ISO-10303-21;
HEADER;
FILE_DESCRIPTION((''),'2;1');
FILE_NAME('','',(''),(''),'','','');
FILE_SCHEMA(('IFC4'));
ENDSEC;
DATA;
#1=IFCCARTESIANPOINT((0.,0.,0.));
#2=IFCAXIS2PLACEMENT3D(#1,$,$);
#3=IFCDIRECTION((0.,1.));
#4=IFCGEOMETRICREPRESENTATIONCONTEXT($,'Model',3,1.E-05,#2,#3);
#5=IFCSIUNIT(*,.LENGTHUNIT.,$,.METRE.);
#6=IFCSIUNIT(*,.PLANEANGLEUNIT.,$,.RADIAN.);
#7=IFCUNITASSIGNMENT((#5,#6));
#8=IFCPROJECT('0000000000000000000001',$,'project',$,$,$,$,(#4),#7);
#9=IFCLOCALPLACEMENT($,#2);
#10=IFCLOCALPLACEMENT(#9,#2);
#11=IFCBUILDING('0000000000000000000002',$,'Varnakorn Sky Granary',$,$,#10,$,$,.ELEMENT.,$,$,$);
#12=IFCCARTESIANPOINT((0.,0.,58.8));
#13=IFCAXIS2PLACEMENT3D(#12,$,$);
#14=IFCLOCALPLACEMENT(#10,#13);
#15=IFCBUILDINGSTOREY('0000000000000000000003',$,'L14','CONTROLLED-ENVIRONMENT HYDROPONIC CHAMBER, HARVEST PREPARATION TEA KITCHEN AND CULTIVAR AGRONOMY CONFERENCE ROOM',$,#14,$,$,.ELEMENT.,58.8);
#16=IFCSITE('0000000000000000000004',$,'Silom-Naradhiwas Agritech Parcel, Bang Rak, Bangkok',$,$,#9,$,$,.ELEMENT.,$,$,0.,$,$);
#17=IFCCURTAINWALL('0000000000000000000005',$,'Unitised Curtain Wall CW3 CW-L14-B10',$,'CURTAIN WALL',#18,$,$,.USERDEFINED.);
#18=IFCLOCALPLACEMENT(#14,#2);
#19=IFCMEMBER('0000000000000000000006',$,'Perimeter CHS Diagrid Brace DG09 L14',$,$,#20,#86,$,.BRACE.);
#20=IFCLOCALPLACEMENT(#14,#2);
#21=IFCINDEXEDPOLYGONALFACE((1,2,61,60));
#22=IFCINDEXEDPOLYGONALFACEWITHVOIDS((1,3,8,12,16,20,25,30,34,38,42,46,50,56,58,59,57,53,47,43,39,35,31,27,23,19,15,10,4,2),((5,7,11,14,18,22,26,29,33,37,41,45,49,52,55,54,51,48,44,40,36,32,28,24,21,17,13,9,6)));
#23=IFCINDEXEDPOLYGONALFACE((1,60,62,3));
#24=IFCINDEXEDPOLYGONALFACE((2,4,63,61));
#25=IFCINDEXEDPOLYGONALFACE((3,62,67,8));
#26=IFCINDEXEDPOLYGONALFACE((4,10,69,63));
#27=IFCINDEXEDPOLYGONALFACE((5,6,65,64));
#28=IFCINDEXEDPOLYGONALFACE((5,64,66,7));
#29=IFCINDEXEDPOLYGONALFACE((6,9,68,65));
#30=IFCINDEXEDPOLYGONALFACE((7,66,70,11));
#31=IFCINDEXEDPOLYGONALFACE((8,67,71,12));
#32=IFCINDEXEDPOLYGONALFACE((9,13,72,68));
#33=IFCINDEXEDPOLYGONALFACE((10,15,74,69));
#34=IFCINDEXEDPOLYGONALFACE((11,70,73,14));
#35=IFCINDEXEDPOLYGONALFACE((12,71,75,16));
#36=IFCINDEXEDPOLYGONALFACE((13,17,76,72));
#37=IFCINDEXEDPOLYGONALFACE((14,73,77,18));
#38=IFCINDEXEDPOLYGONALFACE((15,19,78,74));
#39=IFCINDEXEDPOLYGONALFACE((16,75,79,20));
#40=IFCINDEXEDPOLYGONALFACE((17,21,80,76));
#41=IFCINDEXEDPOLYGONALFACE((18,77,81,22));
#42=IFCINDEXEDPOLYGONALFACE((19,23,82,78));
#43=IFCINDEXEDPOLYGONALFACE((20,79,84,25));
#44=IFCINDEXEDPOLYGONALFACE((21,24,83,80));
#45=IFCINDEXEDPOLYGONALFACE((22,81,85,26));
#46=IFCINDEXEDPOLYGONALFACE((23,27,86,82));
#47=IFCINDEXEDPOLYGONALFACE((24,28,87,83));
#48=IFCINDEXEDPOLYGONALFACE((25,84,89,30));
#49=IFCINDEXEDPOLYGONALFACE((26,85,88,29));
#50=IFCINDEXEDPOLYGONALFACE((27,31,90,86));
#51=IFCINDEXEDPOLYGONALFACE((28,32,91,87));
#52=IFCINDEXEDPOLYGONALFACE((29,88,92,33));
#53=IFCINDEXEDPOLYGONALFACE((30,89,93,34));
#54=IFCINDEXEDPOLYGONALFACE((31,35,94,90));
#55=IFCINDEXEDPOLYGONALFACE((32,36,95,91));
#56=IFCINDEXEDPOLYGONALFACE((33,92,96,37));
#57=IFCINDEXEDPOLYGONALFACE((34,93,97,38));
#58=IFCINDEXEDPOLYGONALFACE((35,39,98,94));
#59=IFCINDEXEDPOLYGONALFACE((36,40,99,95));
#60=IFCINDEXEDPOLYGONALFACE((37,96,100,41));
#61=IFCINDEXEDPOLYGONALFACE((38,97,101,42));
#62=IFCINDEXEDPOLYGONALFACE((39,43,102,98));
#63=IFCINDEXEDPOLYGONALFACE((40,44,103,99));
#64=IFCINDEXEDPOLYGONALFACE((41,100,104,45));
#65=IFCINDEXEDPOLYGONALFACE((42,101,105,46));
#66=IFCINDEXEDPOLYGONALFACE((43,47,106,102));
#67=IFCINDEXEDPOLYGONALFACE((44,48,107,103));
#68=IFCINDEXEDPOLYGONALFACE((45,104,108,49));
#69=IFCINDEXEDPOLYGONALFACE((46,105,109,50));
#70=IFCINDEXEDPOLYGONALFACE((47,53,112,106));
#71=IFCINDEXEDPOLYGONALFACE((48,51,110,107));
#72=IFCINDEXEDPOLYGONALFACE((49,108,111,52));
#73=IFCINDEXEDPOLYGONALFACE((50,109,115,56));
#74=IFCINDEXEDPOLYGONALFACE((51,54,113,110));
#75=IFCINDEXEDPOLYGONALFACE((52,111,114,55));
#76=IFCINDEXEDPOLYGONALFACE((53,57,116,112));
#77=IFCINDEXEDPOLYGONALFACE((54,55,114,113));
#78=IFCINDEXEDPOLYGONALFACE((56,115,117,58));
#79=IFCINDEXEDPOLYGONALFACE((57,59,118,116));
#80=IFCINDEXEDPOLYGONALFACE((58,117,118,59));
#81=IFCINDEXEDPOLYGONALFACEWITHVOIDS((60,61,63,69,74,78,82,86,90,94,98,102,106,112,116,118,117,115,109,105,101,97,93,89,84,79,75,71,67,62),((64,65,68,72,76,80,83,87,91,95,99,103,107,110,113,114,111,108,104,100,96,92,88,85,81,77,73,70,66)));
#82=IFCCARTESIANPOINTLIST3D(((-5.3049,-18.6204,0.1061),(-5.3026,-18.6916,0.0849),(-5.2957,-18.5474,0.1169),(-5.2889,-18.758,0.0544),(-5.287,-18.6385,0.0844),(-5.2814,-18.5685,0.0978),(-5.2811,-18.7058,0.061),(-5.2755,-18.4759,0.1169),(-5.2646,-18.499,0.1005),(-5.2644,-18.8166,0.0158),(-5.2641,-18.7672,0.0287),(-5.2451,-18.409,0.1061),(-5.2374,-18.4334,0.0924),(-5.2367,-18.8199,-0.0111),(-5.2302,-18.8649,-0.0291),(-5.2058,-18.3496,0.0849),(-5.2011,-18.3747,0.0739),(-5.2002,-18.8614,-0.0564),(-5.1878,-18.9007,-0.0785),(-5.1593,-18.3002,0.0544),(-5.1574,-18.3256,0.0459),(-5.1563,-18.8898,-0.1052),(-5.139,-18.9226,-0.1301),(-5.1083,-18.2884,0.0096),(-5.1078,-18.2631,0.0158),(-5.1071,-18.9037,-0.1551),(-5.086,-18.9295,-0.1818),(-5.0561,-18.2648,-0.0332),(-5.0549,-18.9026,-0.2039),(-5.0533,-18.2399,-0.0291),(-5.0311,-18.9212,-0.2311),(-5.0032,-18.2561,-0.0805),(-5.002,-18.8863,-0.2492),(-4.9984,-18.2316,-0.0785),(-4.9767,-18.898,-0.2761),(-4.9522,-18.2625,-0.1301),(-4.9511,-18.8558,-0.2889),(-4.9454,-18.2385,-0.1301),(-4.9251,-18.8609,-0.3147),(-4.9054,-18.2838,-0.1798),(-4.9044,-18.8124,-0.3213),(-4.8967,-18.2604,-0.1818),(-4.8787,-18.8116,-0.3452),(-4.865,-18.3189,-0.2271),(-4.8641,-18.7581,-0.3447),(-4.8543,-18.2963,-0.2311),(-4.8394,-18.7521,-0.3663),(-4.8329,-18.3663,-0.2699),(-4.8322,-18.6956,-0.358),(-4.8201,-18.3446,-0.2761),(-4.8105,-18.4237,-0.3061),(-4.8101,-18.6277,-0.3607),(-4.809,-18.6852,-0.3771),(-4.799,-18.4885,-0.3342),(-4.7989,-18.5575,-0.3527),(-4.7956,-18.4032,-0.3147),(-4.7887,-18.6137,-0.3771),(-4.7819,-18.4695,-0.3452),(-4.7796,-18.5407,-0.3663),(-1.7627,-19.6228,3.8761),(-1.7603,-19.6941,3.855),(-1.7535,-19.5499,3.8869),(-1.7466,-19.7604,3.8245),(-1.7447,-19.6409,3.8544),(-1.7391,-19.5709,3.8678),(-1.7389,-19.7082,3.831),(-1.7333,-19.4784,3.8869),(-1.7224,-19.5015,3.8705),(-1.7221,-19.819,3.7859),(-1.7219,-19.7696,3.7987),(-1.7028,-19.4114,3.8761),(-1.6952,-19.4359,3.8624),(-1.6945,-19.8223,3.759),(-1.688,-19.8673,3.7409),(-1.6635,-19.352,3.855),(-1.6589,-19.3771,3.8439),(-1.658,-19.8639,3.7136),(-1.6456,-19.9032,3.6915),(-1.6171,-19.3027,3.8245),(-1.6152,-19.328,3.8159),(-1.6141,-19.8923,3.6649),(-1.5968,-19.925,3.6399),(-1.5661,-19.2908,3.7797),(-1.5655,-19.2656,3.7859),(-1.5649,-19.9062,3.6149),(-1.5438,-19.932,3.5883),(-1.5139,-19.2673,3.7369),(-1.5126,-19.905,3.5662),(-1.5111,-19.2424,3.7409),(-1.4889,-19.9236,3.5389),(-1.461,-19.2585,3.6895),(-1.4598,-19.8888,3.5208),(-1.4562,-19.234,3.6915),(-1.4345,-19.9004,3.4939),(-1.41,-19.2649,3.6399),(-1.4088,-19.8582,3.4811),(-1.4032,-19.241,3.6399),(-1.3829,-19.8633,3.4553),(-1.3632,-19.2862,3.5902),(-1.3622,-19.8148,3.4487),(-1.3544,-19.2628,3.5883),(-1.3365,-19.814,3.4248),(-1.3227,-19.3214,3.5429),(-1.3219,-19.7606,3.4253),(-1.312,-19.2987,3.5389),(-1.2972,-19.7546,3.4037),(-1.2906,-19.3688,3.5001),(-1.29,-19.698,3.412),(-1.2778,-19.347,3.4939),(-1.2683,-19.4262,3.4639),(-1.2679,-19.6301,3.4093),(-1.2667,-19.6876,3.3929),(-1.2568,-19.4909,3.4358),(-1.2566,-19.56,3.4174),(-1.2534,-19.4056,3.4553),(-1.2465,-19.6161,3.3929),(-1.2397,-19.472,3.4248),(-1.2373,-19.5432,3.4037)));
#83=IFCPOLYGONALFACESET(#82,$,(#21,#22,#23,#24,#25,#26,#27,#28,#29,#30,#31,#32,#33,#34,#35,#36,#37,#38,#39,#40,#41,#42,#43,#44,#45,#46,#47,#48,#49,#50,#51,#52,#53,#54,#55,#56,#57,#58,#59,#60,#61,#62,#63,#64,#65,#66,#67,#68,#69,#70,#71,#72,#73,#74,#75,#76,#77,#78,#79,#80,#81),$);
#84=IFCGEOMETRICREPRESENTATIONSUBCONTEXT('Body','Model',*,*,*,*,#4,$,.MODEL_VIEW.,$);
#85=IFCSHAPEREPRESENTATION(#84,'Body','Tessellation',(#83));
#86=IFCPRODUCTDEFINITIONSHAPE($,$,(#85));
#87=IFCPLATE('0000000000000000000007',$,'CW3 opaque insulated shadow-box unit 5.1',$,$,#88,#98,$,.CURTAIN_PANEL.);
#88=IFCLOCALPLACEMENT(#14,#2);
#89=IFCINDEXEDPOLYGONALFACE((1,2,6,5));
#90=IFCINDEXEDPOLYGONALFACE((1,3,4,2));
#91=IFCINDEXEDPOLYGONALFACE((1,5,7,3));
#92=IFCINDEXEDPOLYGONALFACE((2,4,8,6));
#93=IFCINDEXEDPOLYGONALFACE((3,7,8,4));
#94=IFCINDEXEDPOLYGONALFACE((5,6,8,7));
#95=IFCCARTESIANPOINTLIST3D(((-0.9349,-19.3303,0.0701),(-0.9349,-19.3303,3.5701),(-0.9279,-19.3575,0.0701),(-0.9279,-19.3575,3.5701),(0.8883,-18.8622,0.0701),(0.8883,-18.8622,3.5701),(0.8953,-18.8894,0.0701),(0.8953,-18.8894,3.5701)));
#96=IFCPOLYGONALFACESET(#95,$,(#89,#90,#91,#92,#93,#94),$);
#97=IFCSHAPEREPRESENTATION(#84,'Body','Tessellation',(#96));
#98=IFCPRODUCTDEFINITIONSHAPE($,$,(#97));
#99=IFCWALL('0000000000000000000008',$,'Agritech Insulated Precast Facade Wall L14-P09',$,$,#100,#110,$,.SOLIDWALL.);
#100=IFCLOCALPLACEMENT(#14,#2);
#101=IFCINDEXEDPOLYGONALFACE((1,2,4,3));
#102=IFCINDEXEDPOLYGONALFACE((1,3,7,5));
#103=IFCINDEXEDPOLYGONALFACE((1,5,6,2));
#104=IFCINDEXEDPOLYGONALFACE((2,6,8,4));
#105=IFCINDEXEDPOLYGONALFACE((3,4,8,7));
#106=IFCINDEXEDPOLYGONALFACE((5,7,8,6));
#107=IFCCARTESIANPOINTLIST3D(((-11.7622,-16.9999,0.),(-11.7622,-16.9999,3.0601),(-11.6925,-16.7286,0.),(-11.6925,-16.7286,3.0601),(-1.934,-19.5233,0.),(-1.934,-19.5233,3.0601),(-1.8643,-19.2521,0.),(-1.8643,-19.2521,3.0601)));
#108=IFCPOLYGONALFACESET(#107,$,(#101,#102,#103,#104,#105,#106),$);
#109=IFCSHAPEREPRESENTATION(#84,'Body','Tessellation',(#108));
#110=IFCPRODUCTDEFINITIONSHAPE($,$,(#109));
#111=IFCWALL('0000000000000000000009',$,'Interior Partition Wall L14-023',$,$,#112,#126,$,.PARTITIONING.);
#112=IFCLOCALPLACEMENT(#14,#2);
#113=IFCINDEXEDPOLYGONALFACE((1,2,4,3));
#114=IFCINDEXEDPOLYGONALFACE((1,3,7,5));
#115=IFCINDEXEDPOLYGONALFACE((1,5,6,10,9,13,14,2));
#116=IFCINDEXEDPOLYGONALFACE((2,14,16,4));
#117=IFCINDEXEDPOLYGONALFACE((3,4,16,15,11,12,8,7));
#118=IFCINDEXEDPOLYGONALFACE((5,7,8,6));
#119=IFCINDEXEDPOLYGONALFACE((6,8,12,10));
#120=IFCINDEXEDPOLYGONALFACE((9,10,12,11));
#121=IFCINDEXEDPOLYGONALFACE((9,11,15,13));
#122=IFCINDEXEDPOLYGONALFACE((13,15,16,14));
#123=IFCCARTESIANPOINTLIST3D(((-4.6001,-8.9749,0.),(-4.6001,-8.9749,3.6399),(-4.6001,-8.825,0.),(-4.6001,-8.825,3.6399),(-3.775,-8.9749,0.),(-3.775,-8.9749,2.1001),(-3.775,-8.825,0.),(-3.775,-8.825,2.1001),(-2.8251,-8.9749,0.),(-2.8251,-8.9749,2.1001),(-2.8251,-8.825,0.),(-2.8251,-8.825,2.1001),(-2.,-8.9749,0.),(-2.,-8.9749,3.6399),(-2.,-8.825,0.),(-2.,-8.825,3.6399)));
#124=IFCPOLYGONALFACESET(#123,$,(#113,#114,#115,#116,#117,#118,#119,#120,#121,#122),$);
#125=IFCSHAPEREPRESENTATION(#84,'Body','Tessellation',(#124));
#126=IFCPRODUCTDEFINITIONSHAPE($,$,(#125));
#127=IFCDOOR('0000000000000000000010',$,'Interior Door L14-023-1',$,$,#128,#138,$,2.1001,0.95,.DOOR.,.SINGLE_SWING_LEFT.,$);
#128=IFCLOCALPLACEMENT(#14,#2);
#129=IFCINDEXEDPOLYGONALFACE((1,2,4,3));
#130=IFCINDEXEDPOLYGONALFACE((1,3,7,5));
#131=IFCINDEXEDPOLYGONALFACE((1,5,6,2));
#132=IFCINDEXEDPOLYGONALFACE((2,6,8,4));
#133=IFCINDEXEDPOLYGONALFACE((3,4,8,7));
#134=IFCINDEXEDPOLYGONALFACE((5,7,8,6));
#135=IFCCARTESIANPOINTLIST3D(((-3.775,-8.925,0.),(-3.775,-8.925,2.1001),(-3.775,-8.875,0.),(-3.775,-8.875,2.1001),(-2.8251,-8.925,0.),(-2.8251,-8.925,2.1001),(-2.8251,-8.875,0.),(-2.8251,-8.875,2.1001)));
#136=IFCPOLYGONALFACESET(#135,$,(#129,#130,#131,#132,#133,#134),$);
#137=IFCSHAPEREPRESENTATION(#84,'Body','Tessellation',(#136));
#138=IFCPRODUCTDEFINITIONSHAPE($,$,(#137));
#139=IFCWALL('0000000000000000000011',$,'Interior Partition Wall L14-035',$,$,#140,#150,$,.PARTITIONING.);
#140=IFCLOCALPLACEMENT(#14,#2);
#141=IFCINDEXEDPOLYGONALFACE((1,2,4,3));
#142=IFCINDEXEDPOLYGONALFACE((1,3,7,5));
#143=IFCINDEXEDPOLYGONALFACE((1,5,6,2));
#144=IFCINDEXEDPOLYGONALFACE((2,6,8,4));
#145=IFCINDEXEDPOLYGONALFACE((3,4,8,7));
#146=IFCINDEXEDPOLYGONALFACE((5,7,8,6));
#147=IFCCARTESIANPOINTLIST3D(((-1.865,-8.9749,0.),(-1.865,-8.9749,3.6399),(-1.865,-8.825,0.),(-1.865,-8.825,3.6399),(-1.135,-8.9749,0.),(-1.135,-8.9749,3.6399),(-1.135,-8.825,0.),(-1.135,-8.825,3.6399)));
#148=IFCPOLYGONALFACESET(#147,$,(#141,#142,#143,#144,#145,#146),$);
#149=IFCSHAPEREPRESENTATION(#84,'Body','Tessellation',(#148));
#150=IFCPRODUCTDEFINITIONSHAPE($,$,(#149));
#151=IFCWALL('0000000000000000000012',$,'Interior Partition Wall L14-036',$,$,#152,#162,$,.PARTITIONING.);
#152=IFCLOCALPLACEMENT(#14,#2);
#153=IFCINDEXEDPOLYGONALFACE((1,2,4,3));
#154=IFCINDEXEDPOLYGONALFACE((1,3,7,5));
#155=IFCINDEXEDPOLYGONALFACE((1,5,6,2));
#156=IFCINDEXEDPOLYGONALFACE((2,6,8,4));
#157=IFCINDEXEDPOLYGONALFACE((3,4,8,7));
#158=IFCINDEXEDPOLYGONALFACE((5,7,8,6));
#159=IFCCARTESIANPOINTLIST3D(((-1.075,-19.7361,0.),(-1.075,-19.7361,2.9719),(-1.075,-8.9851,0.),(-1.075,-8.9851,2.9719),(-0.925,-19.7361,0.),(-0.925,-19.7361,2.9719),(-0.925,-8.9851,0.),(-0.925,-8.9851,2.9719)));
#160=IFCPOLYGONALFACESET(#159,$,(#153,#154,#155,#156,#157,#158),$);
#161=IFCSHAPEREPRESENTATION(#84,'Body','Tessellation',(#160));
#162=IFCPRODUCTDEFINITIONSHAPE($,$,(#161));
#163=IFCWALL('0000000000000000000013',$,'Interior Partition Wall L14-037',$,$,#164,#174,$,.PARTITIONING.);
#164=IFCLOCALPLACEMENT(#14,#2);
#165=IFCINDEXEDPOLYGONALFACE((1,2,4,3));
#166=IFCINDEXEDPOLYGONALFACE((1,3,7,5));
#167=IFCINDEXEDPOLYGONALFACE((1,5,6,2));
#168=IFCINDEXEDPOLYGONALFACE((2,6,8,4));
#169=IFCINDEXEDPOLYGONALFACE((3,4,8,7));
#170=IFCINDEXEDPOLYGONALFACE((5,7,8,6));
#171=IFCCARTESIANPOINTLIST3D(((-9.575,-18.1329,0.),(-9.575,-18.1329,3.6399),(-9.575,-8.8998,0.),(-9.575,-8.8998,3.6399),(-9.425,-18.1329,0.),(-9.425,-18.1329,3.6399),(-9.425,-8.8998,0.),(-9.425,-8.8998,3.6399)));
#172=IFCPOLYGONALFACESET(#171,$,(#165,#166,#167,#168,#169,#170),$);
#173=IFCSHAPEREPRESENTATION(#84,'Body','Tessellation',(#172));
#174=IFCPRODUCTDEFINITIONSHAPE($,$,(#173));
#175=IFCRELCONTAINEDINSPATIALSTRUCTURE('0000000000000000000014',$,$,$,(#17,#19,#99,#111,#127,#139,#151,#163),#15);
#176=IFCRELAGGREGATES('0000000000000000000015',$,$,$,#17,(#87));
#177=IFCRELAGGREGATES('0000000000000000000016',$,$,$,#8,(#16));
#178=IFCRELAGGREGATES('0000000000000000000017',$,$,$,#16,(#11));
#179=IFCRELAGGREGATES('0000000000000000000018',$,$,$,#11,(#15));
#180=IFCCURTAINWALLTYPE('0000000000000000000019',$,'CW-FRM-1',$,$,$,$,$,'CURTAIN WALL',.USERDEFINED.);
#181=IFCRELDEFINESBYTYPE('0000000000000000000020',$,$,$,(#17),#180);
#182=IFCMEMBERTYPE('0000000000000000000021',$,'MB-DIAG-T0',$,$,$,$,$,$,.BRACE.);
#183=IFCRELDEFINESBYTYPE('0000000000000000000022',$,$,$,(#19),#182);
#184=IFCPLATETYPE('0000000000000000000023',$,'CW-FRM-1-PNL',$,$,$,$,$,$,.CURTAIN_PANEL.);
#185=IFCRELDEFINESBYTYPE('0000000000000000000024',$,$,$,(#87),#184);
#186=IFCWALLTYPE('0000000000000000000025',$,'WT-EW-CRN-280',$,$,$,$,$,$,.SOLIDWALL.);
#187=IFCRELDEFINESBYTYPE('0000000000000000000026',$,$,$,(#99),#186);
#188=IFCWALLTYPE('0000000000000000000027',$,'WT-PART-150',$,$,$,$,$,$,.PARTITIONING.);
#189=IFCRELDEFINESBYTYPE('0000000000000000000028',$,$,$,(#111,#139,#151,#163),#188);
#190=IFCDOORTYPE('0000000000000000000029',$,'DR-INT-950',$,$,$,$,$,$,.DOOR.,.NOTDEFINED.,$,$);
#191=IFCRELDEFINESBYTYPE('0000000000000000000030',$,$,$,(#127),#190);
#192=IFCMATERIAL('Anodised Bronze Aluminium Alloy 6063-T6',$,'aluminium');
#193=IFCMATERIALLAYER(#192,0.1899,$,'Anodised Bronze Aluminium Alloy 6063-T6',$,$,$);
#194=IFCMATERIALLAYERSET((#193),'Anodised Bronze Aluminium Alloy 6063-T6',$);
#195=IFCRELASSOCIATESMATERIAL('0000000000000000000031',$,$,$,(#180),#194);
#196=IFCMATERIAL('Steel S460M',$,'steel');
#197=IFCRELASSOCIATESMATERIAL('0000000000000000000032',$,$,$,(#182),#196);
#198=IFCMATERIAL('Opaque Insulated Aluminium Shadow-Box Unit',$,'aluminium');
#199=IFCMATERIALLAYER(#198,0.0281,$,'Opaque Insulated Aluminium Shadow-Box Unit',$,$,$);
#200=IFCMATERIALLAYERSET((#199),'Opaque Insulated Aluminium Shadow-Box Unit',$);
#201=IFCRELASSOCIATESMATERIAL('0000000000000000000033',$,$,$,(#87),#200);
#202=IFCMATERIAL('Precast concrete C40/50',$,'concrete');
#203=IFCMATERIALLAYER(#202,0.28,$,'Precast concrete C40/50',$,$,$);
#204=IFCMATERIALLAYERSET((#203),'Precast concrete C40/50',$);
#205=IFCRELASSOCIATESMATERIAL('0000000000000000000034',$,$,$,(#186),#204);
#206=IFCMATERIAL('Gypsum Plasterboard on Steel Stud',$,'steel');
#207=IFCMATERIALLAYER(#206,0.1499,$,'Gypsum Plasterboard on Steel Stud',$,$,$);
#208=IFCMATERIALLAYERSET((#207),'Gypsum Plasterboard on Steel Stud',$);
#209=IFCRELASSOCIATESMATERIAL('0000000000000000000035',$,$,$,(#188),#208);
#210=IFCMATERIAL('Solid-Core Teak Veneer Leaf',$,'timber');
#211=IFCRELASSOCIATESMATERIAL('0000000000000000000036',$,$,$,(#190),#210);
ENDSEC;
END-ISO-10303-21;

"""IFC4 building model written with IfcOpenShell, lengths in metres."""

from ifc_helpers import new_model, si_unit, direction, frame, frame_2d, origin, origin_2d, place, context, subcontext, project, spatial, rectangle, hollow_circle, extrude, source, transform, mapped, material, layer, layer_set, material_profile, profile_set, type_object, type_shapes, element, fill, aggregate, save


model = new_model("IFC4")

# Units and contexts
model_context = context("Model", 3, precision=1e-05, world=origin(), true_north=direction((0.0, 1.0)))
body_context = subcontext(model_context, "Body", "Model", "MODEL_VIEW")
ifc_project = project(units=[si_unit("LENGTHUNIT", "METRE"), si_unit("PLANEANGLEUNIT", "RADIAN")], contexts=[model_context])

# Site, building, storey
site_placement = place(None, origin())
site = spatial("IfcSite", under=ifc_project, at=site_placement, Name="Silom-Naradhiwas Agritech Parcel, Bang Rak, Bangkok", CompositionType="ELEMENT", RefElevation=0.0)
building_placement = place(site_placement, origin())
building = spatial("IfcBuilding", under=site, at=building_placement, Name="Varnakorn Sky Granary", CompositionType="ELEMENT")
storey_placement = place(building_placement, frame((0.0, 0.0, 58.8)))
storey = spatial("IfcBuildingStorey", under=building, at=storey_placement, Name="L14", Description="CONTROLLED-ENVIRONMENT HYDROPONIC CHAMBER, HARVEST PREPARATION TEA KITCHEN AND CULTIVAR AGRONOMY CONFERENCE ROOM", CompositionType="ELEMENT", Elevation=58.8)

# Shared definitions
ifc_material_1 = material(Name="Steel S460M", Category="steel")

# Curtain wall
ifc_material_2 = material(Name="Anodised Bronze Aluminium Alloy 6063-T6", Category="aluminium")
ifc_layer_1 = layer(ifc_material_2, 0.1899, Name="Anodised Bronze Aluminium Alloy 6063-T6")
ifc_layer_set_1 = layer_set([ifc_layer_1], Name="Anodised Bronze Aluminium Alloy 6063-T6")
curtain_wall_type = type_object("IfcCurtainWallType", Name="CW-FRM-1", ElementType="CURTAIN WALL", PredefinedType="USERDEFINED", material=ifc_layer_set_1)
curtain_wall_1_placement = place(storey_placement, origin())
curtain_wall_1 = element("IfcCurtainWall", 1, at=curtain_wall_1_placement, inside=storey, type_object=curtain_wall_type, Name="Unitised Curtain Wall CW3 CW-L14-B10", ObjectType="CURTAIN WALL", PredefinedType="USERDEFINED")

# Member
ifc_material_profile_1 = material_profile(ifc_material_1, hollow_circle(Radius=0.3555, WallThickness=0.0249, at=origin_2d()), Name="CHS 711x25")
ifc_profile_set_1 = profile_set([ifc_material_profile_1], Name="Steel S460M")
member_type_1 = type_object("IfcMemberType", Name="MB-DIAG-T0", PredefinedType="BRACE", material=ifc_profile_set_1)
member_1_placement = place(storey_placement, frame((-5.0422, -18.5806, -0.1301), z_axis=(0.672242, -0.190242, 0.715471), x_axis=(0.272303, 0.962212, 0.0)))
element("IfcMember", 2, at=member_1_placement, inside=storey, type_object=member_type_1, Name="Perimeter CHS Diagrid Brace DG09 L14", PredefinedType="BRACE", context=body_context, shape_type="SweptSolid", body=[
    extrude(hollow_circle(Radius=0.3555, WallThickness=0.0249, at=origin_2d()), origin(), (0.0, 0.0, 1.0), 5.2693),
])

# Plate
ifc_material_3 = material(Name="Opaque Insulated Aluminium Shadow-Box Unit", Category="aluminium")
ifc_layer_2 = layer(ifc_material_3, 0.0281, Name="Opaque Insulated Aluminium Shadow-Box Unit")
ifc_layer_set_2 = layer_set([ifc_layer_2], Name="Opaque Insulated Aluminium Shadow-Box Unit")
plate_type = type_object("IfcPlateType", Name="CW-FRM-1-PNL", PredefinedType="CURTAIN_PANEL")
shared_shape_1 = source(origin(), body_context, "Body", "SweptSolid", [
    extrude(rectangle(XDim=1.8823, YDim=0.0281, at=origin_2d()), origin(), (0.0, 0.0, 1.0), 3.5),
])
type_shapes(plate_type, [shared_shape_1])
plate_placement = place(storey_placement, frame((-0.0198, -19.1099, 0.0701), z_axis=(0.0, 0.0, 1.0), x_axis=(-0.968592, -0.248656, 0.0)))
plate = element("IfcPlate", 3, at=plate_placement, type_object=plate_type, material=ifc_layer_set_2, Name="CW3 opaque insulated shadow-box unit 5.1", PredefinedType="CURTAIN_PANEL", context=body_context, shape_type="MappedRepresentation", body=[
    mapped(shared_shape_1, transform((0.0, 0.0, 0.0), x_axis=(1.0, 0.0, 0.0), y_axis=(0.0, 1.0, 0.0), z_axis=(0.0, 0.0, 1.0), scale=1.0)),
])
aggregate(curtain_wall_1, [plate])

# Wall
ifc_material_4 = material(Name="Precast concrete C40/50", Category="concrete")
ifc_layer_3 = layer(ifc_material_4, 0.28, Name="Precast concrete C40/50")
ifc_layer_set_3 = layer_set([ifc_layer_3], Name="Precast concrete C40/50")
wall_type_1 = type_object("IfcWallType", Name="WT-EW-CRN-280", PredefinedType="SOLIDWALL", material=ifc_layer_set_3)
wall_1_placement = place(storey_placement, frame((-1.8992, -19.3877, 0.0), z_axis=(0.0, 0.0, 1.0), x_axis=(-0.968583, 0.24869, 0.0)))
element("IfcWall", 4, at=wall_1_placement, inside=storey, type_object=wall_type_1, Name="Agritech Insulated Precast Facade Wall L14-P09", PredefinedType="SOLIDWALL", context=body_context, shape_type="SweptSolid", body=[
    extrude(rectangle(XDim=10.147, YDim=0.28, at=frame_2d((5.0735, 0.0))), origin(), (0.0, 0.0, 1.0), 3.0601),
])

# Wall, opening, door
ifc_material_5 = material(Name="Gypsum Plasterboard on Steel Stud", Category="steel")
ifc_layer_4 = layer(ifc_material_5, 0.1499, Name="Gypsum Plasterboard on Steel Stud")
ifc_layer_set_4 = layer_set([ifc_layer_4], Name="Gypsum Plasterboard on Steel Stud")
wall_type_2 = type_object("IfcWallType", Name="WT-PART-150", PredefinedType="PARTITIONING", material=ifc_layer_set_4)
wall_2_placement = place(storey_placement, frame((-4.6001, -8.8999, 0.0), z_axis=(0.0, 0.0, 1.0), x_axis=(1.0, 0.0, 0.0)))
wall_2 = element("IfcWall", 5, at=wall_2_placement, inside=storey, type_object=wall_type_2, Name="Interior Partition Wall L14-023", PredefinedType="PARTITIONING", context=body_context, shape_type="SweptSolid", body=[
    extrude(rectangle(XDim=2.6001, YDim=0.1499, at=frame_2d((1.3, 0.0))), origin(), (0.0, 0.0, 1.0), 3.6399),
])
opening_placement = place(wall_2_placement, frame((0.825, 0.0, 0.0)))
opening = element("IfcOpeningElement", 6, at=opening_placement, cuts=wall_2, PredefinedType="OPENING", context=body_context, shape_type="SweptSolid", body=[
    extrude(rectangle(XDim=0.95, YDim=2.1001, at=frame_2d((0.4751, 1.05))), frame((0.0, 0.085, 0.0), z_axis=(0.0, -1.0, 0.0), x_axis=(1.0, 0.0, 0.0)), (0.0, 0.0, 1.0), 0.1699),
])
ifc_material_6 = material(Name="Solid-Core Teak Veneer Leaf", Category="timber")
door_type = type_object("IfcDoorType", Name="DR-INT-950", OperationType="NOTDEFINED", PredefinedType="DOOR", material=ifc_material_6)
door_placement = place(opening_placement, origin())
door = element("IfcDoor", 7, at=door_placement, inside=storey, type_object=door_type, Name="Interior Door L14-023-1", OperationType="SINGLE_SWING_LEFT", OverallHeight=2.1001, OverallWidth=0.95, PredefinedType="DOOR", context=body_context, shape_type="SweptSolid", body=[
    extrude(rectangle(XDim=0.95, YDim=2.1001, at=frame_2d((0.4751, 1.05))), frame((0.0, 0.0249, 0.0), z_axis=(0.0, -1.0, 0.0), x_axis=(1.0, 0.0, 0.0)), (0.0, 0.0, 1.0), 0.05),
])
fill(opening, door)

# Walls
wall_3_placement = place(storey_placement, frame((-1.865, -8.8999, 0.0), z_axis=(0.0, 0.0, 1.0), x_axis=(1.0, 0.0, 0.0)))
element("IfcWall", 8, at=wall_3_placement, inside=storey, type_object=wall_type_2, Name="Interior Partition Wall L14-035", PredefinedType="PARTITIONING", context=body_context, shape_type="SweptSolid", body=[
    extrude(rectangle(XDim=0.73, YDim=0.1499, at=frame_2d((0.365, 0.0))), origin(), (0.0, 0.0, 1.0), 3.6399),
])
wall_4_placement = place(storey_placement, frame((-1.0, -8.9851, 0.0), z_axis=(0.0, 0.0, 1.0), x_axis=(0.0, -1.0, 0.0)))
element("IfcWall", 9, at=wall_4_placement, inside=storey, type_object=wall_type_2, Name="Interior Partition Wall L14-036", PredefinedType="PARTITIONING", context=body_context, shape_type="SweptSolid", body=[
    extrude(rectangle(XDim=10.751, YDim=0.1499, at=frame_2d((5.3755, 0.0))), origin(), (0.0, 0.0, 1.0), 2.9719),
])
wall_5_placement = place(storey_placement, frame((-9.5, -18.1331, 0.0), z_axis=(0.0, 0.0, 1.0), x_axis=(0.0, 1.0, 0.0)))
element("IfcWall", 10, at=wall_5_placement, inside=storey, type_object=wall_type_2, Name="Interior Partition Wall L14-037", PredefinedType="PARTITIONING", context=body_context, shape_type="SweptSolid", body=[
    extrude(rectangle(XDim=9.2332, YDim=0.1499, at=frame_2d((4.6167, 0.0))), origin(), (0.0, 0.0, 1.0), 3.6399),
])

save(model, "model.ifc")
